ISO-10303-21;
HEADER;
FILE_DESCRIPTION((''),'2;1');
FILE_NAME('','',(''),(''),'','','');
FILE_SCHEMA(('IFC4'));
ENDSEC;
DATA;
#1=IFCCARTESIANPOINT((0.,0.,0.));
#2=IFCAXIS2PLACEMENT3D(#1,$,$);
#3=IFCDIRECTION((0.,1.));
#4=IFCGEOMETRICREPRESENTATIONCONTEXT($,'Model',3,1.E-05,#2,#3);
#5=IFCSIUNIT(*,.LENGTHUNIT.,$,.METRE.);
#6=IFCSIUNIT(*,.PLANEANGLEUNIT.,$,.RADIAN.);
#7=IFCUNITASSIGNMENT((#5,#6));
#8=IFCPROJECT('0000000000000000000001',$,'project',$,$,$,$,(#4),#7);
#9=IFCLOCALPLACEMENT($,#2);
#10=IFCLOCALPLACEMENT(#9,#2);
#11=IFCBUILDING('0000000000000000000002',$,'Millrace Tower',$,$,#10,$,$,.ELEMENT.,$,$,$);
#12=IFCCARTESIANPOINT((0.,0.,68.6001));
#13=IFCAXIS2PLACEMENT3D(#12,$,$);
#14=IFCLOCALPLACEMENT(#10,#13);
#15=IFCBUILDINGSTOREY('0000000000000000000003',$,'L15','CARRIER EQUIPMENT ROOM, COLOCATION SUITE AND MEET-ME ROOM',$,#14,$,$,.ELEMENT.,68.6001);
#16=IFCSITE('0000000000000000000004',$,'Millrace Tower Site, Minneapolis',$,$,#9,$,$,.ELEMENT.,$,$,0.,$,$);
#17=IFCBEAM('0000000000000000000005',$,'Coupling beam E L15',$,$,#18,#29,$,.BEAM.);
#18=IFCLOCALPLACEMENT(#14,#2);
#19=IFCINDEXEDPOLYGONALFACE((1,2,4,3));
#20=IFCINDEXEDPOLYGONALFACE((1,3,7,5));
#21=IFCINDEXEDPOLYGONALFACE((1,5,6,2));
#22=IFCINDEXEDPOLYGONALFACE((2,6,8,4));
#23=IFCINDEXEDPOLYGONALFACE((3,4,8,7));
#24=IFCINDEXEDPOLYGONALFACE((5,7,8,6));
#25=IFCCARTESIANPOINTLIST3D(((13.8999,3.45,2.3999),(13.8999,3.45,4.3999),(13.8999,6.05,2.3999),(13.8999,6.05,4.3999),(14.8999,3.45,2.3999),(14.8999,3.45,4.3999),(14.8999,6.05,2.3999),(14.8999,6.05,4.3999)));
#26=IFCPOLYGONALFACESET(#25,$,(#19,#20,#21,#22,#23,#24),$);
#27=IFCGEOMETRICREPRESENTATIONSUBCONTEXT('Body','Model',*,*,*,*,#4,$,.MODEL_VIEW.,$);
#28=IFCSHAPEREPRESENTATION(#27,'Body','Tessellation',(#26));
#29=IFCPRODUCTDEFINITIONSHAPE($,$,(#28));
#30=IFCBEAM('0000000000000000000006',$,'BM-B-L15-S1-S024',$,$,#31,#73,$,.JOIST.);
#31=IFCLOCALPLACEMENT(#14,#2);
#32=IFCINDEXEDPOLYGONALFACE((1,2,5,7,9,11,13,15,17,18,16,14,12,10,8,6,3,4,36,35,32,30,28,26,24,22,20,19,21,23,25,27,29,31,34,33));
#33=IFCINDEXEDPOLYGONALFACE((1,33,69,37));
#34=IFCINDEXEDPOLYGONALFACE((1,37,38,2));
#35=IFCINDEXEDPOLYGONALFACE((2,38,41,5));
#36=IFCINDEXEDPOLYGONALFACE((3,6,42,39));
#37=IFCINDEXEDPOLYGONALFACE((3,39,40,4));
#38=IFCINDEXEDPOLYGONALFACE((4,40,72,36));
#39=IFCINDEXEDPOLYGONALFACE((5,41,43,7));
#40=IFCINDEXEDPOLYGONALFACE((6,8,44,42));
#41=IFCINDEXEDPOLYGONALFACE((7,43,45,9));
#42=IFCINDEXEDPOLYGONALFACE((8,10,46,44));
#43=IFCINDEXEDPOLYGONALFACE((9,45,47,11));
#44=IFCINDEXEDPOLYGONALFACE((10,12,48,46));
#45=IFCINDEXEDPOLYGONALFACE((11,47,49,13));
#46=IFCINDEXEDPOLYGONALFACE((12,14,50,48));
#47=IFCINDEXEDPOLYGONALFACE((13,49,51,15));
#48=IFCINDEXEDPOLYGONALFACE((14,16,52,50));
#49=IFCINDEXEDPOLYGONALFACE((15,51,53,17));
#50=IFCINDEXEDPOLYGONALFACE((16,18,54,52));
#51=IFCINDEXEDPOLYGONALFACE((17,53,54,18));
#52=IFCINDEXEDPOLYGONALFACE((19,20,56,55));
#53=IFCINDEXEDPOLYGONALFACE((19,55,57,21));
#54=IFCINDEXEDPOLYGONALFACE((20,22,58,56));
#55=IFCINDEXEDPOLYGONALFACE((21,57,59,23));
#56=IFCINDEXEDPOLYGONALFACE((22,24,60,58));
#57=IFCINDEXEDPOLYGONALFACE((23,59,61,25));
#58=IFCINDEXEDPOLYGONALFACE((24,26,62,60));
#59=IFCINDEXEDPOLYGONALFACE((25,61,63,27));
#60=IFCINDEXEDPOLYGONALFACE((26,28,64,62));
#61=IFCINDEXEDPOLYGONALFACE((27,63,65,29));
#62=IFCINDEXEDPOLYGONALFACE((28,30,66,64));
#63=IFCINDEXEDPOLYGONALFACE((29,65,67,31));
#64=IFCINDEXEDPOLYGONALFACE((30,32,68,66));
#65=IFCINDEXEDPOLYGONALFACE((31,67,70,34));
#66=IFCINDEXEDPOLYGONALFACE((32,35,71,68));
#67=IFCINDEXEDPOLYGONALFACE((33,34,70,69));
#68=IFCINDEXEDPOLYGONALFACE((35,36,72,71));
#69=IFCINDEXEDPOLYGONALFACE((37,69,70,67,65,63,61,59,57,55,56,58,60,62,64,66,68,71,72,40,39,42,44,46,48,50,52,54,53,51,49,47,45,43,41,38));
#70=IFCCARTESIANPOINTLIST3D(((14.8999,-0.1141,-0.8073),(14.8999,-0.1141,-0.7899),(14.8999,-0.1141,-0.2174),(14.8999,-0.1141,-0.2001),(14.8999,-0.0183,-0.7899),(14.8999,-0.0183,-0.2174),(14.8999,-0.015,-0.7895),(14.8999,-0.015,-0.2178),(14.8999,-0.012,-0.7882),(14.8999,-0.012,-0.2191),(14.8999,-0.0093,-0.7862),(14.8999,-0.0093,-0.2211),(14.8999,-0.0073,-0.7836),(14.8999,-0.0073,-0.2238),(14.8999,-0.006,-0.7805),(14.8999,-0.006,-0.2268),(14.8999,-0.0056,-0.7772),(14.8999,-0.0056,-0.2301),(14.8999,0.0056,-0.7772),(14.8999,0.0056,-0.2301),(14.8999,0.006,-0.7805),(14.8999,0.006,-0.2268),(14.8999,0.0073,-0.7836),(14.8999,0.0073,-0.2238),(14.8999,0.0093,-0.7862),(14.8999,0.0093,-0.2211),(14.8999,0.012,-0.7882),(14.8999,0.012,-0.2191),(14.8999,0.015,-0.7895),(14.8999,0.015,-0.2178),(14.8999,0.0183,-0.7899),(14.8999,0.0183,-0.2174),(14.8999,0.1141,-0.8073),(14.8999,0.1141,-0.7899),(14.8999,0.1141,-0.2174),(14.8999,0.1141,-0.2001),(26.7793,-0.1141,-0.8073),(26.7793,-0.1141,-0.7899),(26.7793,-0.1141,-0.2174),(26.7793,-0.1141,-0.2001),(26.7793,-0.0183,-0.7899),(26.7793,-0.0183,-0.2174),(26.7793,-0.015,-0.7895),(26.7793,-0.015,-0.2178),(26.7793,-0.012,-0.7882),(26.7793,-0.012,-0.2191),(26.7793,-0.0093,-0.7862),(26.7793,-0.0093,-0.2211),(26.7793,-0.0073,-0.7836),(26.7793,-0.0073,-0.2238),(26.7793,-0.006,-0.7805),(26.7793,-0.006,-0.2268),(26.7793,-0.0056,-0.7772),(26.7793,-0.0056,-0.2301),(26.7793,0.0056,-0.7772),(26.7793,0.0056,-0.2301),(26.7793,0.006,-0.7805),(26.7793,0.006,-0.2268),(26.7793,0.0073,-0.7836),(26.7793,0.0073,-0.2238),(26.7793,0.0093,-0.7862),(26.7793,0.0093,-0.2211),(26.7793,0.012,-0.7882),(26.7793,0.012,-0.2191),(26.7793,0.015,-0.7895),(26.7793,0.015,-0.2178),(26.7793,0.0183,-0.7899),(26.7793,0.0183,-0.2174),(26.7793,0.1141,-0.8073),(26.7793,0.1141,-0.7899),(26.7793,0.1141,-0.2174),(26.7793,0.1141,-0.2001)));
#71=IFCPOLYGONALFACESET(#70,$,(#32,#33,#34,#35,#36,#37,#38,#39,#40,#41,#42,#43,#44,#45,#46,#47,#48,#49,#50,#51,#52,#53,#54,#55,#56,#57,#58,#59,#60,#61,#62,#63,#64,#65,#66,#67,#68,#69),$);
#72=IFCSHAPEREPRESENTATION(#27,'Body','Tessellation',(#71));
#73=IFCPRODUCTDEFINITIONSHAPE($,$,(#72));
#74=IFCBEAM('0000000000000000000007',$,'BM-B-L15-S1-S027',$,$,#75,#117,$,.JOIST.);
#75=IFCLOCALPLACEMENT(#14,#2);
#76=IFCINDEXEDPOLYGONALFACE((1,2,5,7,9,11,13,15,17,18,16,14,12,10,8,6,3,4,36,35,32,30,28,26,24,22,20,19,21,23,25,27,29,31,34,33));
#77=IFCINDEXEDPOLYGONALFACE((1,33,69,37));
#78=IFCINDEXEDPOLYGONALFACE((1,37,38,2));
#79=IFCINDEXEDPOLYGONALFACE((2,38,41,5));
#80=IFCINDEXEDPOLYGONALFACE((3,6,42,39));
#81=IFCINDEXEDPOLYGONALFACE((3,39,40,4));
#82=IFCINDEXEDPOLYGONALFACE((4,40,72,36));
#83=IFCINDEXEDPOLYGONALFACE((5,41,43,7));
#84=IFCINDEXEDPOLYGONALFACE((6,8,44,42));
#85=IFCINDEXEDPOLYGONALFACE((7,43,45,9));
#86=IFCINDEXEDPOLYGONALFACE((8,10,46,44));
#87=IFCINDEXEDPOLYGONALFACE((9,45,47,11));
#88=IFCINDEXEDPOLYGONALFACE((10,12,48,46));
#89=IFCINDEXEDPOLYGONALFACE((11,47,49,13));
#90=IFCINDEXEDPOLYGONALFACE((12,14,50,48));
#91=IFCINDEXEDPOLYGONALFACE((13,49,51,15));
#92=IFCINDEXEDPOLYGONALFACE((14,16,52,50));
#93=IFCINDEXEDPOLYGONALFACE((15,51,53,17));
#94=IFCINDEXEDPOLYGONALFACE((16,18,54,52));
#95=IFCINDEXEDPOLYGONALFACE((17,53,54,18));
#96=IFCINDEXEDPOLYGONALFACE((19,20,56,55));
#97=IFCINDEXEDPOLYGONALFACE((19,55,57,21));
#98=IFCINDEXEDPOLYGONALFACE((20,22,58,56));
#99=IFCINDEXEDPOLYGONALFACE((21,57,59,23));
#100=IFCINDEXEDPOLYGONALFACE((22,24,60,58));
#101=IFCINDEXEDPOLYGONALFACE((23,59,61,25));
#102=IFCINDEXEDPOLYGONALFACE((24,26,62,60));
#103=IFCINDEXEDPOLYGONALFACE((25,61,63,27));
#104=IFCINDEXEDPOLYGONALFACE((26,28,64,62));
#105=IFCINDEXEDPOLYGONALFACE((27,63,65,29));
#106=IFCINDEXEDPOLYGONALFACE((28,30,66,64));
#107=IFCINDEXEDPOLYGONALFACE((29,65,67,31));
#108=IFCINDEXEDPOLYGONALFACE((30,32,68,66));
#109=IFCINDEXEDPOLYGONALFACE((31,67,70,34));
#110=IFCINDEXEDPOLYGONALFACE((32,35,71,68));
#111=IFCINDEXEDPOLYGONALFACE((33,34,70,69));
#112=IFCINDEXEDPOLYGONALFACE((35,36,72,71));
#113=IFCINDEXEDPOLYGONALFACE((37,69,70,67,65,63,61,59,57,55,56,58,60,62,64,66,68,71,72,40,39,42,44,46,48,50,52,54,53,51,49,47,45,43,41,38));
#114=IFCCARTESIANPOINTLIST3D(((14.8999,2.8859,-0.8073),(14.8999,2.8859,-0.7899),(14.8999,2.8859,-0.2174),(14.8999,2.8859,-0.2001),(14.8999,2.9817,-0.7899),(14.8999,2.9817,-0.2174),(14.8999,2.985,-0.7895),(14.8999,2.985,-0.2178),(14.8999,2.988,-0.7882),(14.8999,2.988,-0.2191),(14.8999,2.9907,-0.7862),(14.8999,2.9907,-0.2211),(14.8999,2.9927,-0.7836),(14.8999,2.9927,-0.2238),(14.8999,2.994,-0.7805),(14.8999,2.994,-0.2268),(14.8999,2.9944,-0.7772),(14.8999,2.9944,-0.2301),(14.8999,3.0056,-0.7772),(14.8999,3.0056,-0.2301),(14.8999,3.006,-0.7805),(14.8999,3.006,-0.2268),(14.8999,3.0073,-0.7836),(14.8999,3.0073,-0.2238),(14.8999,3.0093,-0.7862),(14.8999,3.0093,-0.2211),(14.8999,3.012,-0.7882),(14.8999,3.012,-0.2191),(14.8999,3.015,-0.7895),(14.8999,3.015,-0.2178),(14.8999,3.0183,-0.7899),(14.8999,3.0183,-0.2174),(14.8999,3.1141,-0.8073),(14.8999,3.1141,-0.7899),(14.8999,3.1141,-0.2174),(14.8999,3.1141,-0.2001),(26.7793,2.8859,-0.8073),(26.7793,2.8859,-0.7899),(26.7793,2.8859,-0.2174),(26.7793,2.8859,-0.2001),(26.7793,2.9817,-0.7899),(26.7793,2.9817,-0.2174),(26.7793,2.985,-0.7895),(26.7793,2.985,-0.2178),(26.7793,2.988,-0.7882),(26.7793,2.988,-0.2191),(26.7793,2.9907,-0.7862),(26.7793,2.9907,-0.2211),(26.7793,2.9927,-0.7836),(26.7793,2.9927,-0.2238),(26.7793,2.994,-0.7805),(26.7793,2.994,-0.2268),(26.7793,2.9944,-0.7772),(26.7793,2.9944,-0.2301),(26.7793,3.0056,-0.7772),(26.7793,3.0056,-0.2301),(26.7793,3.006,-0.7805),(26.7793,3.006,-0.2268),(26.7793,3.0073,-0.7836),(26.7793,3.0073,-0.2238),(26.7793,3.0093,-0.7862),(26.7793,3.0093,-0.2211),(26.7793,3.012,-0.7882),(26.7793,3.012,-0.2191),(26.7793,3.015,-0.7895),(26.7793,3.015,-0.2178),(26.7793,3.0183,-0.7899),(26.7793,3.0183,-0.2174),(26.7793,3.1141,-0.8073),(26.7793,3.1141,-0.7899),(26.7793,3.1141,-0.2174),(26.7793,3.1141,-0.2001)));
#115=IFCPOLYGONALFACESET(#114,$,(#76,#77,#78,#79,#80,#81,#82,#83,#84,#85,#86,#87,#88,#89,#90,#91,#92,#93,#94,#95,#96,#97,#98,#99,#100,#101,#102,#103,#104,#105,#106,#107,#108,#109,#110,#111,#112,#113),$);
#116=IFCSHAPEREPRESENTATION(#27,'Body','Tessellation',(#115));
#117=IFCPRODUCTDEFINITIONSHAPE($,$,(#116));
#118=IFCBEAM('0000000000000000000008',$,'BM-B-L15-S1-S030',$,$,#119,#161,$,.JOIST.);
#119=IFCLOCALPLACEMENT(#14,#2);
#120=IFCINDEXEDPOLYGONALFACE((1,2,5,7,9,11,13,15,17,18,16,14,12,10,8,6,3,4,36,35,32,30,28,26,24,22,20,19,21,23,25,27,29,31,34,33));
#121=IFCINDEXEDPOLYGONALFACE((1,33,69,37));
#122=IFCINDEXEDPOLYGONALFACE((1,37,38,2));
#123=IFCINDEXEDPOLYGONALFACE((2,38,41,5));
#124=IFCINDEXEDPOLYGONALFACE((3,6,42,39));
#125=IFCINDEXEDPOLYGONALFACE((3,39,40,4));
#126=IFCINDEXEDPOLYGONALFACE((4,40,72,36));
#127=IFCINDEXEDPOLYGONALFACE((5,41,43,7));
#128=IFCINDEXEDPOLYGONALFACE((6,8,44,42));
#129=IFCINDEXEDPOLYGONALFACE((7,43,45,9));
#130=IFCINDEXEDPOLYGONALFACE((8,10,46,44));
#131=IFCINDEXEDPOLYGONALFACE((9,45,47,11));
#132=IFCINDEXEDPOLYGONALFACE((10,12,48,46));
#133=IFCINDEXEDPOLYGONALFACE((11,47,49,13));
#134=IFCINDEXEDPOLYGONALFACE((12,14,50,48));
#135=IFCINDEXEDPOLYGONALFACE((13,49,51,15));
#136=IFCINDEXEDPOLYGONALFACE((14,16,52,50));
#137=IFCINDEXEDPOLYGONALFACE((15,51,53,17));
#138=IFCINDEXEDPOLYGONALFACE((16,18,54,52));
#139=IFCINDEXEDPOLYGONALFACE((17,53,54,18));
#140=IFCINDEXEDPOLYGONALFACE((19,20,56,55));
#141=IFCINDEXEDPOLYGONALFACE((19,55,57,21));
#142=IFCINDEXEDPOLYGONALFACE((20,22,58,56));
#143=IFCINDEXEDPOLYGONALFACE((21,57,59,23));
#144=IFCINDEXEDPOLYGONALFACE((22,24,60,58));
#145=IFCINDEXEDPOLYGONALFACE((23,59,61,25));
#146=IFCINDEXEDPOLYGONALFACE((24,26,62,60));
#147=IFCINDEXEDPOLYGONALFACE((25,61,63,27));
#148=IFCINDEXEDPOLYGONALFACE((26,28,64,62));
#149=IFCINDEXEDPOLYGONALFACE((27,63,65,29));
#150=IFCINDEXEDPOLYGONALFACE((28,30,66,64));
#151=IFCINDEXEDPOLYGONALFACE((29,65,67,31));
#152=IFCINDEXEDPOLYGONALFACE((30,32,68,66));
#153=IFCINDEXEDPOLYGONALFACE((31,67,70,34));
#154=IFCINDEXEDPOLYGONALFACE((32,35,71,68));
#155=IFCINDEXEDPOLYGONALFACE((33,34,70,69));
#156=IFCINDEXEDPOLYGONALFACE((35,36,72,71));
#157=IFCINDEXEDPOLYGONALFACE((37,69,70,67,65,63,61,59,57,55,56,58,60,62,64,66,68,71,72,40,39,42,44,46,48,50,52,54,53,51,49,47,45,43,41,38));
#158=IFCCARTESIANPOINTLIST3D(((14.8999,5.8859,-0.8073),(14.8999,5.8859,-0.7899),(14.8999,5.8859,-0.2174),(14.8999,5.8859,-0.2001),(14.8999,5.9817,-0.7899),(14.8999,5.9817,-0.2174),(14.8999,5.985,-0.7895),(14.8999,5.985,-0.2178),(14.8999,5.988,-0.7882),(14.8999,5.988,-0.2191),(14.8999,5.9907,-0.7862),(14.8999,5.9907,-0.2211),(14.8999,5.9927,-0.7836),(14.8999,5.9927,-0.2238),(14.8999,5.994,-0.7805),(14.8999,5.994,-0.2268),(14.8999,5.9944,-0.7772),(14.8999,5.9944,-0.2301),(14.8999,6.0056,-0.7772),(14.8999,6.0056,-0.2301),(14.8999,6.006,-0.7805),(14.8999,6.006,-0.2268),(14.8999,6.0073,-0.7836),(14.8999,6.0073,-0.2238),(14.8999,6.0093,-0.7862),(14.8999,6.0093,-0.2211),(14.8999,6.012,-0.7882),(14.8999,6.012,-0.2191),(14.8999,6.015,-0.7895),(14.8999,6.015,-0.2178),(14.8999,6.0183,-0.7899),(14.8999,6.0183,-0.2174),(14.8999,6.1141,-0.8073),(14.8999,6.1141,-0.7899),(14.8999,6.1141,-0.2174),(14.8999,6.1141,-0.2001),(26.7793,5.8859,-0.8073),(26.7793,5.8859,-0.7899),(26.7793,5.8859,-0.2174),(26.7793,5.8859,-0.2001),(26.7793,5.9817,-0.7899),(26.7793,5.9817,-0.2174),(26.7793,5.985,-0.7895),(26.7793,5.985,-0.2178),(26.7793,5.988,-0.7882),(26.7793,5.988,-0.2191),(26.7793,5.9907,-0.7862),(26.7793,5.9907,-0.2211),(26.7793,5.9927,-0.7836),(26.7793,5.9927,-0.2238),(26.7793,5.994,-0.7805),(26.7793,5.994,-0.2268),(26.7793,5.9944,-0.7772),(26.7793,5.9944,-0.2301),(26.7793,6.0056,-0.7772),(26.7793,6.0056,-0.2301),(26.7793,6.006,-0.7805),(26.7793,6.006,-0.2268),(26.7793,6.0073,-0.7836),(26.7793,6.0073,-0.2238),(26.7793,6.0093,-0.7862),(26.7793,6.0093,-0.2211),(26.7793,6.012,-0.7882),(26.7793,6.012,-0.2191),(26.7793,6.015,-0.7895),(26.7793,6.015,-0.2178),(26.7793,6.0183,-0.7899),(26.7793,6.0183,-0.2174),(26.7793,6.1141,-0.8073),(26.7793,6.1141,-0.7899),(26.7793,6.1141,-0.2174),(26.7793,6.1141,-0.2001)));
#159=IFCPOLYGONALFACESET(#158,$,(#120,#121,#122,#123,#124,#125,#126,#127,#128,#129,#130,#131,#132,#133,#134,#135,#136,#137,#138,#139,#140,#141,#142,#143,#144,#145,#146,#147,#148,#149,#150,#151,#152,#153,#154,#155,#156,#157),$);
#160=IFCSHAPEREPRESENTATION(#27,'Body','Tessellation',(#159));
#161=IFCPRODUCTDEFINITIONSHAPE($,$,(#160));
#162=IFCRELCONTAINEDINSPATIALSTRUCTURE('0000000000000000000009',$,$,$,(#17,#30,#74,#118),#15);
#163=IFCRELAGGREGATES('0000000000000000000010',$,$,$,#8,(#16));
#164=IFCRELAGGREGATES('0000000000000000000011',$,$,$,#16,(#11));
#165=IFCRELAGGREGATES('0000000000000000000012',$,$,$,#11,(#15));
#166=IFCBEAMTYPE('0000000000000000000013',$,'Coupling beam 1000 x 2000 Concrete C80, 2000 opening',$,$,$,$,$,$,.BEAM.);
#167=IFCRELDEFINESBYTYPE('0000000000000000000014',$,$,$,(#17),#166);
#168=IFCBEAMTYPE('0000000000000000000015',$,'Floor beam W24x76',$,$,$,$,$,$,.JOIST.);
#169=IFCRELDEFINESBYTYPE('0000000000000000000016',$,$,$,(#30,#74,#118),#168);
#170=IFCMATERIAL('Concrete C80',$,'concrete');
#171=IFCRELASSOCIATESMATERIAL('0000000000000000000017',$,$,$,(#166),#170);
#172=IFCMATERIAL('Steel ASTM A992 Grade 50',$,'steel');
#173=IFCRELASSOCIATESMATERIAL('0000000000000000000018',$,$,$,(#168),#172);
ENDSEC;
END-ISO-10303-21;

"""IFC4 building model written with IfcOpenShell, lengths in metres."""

from ifc_helpers import new_model, si_unit, direction, frame, origin, origin_2d, place, context, subcontext, project, spatial, rectangle, i_section, extrude, material, material_profile, profile_set, type_object, element, save


model = new_model("IFC4")

# Units and contexts
model_context = context("Model", 3, precision=1e-05, world=origin(), true_north=direction((0.0, 1.0)))
body_context = subcontext(model_context, "Body", "Model", "MODEL_VIEW")
ifc_project = project(units=[si_unit("LENGTHUNIT", "METRE"), si_unit("PLANEANGLEUNIT", "RADIAN")], contexts=[model_context])

# Site, building, storey
site_placement = place(None, origin())
site = spatial("IfcSite", under=ifc_project, at=site_placement, Name="Millrace Tower Site, Minneapolis", CompositionType="ELEMENT", RefElevation=0.0)
building_placement = place(site_placement, origin())
building = spatial("IfcBuilding", under=site, at=building_placement, Name="Millrace Tower", CompositionType="ELEMENT")
storey_placement = place(building_placement, frame((0.0, 0.0, 68.6001)))
storey = spatial("IfcBuildingStorey", under=building, at=storey_placement, Name="L15", Description="CARRIER EQUIPMENT ROOM, COLOCATION SUITE AND MEET-ME ROOM", CompositionType="ELEMENT", Elevation=68.6001)

# Beams
ifc_material_1 = material(Name="Concrete C80", Category="concrete")
ifc_material_profile_1 = material_profile(ifc_material_1, rectangle(XDim=1.0, YDim=2.0, at=origin_2d()))
ifc_profile_set_1 = profile_set([ifc_material_profile_1], Name="Concrete C80")
beam_type_1 = type_object("IfcBeamType", Name="Coupling beam 1000 x 2000 Concrete C80, 2000 opening", PredefinedType="BEAM", material=ifc_profile_set_1)
beam_1_placement = place(storey_placement, frame((14.3999, 6.05, 3.3999), z_axis=(0.0, -1.0, 0.0), x_axis=(1.0, 0.0, 0.0)))
element("IfcBeam", 1, at=beam_1_placement, inside=storey, type_object=beam_type_1, Name="Coupling beam E L15", PredefinedType="BEAM", context=body_context, shape_type="SweptSolid", body=[
    extrude(rectangle(XDim=1.0, YDim=2.0, at=origin_2d()), origin(), (0.0, 0.0, 1.0), 2.6001),
])
ifc_material_2 = material(Name="Steel ASTM A992 Grade 50", Category="steel")
ifc_material_profile_2 = material_profile(ifc_material_2, i_section(OverallWidth=0.2283, OverallDepth=0.6072, WebThickness=0.0112, FlangeThickness=0.0173, FilletRadius=0.0127, at=origin_2d()))
ifc_profile_set_2 = profile_set([ifc_material_profile_2], Name="Steel ASTM A992 Grade 50")
beam_type_2 = type_object("IfcBeamType", Name="Floor beam W24x76", PredefinedType="JOIST", material=ifc_profile_set_2)
for number, where, z_axis, x_axis, name in (
    (2, (14.8999, 0.0, -0.5037), (1.0, 0.0, 0.0), (0.0, 1.0, 0.0), "BM-B-L15-S1-S024"),
    (3, (14.8999, 3.0, -0.5037), (1.0, 0.0, 0.0), (0.0, 1.0, 0.0), "BM-B-L15-S1-S027"),
    (4, (14.8999, 6.0, -0.5037), (1.0, 0.0, 0.0), (0.0, 1.0, 0.0), "BM-B-L15-S1-S030"),
):
    element("IfcBeam", number, at=place(storey_placement, frame(where, z_axis=z_axis, x_axis=x_axis)), inside=storey, type_object=beam_type_2, Name=name, PredefinedType="JOIST", context=body_context, shape_type="SweptSolid", body=[
        extrude(i_section(OverallWidth=0.2283, OverallDepth=0.6072, WebThickness=0.0112, FlangeThickness=0.0173, FilletRadius=0.0127, at=origin_2d()), origin(), (0.0, 0.0, 1.0), 11.8794),
    ])

save(model, "model.ifc")
